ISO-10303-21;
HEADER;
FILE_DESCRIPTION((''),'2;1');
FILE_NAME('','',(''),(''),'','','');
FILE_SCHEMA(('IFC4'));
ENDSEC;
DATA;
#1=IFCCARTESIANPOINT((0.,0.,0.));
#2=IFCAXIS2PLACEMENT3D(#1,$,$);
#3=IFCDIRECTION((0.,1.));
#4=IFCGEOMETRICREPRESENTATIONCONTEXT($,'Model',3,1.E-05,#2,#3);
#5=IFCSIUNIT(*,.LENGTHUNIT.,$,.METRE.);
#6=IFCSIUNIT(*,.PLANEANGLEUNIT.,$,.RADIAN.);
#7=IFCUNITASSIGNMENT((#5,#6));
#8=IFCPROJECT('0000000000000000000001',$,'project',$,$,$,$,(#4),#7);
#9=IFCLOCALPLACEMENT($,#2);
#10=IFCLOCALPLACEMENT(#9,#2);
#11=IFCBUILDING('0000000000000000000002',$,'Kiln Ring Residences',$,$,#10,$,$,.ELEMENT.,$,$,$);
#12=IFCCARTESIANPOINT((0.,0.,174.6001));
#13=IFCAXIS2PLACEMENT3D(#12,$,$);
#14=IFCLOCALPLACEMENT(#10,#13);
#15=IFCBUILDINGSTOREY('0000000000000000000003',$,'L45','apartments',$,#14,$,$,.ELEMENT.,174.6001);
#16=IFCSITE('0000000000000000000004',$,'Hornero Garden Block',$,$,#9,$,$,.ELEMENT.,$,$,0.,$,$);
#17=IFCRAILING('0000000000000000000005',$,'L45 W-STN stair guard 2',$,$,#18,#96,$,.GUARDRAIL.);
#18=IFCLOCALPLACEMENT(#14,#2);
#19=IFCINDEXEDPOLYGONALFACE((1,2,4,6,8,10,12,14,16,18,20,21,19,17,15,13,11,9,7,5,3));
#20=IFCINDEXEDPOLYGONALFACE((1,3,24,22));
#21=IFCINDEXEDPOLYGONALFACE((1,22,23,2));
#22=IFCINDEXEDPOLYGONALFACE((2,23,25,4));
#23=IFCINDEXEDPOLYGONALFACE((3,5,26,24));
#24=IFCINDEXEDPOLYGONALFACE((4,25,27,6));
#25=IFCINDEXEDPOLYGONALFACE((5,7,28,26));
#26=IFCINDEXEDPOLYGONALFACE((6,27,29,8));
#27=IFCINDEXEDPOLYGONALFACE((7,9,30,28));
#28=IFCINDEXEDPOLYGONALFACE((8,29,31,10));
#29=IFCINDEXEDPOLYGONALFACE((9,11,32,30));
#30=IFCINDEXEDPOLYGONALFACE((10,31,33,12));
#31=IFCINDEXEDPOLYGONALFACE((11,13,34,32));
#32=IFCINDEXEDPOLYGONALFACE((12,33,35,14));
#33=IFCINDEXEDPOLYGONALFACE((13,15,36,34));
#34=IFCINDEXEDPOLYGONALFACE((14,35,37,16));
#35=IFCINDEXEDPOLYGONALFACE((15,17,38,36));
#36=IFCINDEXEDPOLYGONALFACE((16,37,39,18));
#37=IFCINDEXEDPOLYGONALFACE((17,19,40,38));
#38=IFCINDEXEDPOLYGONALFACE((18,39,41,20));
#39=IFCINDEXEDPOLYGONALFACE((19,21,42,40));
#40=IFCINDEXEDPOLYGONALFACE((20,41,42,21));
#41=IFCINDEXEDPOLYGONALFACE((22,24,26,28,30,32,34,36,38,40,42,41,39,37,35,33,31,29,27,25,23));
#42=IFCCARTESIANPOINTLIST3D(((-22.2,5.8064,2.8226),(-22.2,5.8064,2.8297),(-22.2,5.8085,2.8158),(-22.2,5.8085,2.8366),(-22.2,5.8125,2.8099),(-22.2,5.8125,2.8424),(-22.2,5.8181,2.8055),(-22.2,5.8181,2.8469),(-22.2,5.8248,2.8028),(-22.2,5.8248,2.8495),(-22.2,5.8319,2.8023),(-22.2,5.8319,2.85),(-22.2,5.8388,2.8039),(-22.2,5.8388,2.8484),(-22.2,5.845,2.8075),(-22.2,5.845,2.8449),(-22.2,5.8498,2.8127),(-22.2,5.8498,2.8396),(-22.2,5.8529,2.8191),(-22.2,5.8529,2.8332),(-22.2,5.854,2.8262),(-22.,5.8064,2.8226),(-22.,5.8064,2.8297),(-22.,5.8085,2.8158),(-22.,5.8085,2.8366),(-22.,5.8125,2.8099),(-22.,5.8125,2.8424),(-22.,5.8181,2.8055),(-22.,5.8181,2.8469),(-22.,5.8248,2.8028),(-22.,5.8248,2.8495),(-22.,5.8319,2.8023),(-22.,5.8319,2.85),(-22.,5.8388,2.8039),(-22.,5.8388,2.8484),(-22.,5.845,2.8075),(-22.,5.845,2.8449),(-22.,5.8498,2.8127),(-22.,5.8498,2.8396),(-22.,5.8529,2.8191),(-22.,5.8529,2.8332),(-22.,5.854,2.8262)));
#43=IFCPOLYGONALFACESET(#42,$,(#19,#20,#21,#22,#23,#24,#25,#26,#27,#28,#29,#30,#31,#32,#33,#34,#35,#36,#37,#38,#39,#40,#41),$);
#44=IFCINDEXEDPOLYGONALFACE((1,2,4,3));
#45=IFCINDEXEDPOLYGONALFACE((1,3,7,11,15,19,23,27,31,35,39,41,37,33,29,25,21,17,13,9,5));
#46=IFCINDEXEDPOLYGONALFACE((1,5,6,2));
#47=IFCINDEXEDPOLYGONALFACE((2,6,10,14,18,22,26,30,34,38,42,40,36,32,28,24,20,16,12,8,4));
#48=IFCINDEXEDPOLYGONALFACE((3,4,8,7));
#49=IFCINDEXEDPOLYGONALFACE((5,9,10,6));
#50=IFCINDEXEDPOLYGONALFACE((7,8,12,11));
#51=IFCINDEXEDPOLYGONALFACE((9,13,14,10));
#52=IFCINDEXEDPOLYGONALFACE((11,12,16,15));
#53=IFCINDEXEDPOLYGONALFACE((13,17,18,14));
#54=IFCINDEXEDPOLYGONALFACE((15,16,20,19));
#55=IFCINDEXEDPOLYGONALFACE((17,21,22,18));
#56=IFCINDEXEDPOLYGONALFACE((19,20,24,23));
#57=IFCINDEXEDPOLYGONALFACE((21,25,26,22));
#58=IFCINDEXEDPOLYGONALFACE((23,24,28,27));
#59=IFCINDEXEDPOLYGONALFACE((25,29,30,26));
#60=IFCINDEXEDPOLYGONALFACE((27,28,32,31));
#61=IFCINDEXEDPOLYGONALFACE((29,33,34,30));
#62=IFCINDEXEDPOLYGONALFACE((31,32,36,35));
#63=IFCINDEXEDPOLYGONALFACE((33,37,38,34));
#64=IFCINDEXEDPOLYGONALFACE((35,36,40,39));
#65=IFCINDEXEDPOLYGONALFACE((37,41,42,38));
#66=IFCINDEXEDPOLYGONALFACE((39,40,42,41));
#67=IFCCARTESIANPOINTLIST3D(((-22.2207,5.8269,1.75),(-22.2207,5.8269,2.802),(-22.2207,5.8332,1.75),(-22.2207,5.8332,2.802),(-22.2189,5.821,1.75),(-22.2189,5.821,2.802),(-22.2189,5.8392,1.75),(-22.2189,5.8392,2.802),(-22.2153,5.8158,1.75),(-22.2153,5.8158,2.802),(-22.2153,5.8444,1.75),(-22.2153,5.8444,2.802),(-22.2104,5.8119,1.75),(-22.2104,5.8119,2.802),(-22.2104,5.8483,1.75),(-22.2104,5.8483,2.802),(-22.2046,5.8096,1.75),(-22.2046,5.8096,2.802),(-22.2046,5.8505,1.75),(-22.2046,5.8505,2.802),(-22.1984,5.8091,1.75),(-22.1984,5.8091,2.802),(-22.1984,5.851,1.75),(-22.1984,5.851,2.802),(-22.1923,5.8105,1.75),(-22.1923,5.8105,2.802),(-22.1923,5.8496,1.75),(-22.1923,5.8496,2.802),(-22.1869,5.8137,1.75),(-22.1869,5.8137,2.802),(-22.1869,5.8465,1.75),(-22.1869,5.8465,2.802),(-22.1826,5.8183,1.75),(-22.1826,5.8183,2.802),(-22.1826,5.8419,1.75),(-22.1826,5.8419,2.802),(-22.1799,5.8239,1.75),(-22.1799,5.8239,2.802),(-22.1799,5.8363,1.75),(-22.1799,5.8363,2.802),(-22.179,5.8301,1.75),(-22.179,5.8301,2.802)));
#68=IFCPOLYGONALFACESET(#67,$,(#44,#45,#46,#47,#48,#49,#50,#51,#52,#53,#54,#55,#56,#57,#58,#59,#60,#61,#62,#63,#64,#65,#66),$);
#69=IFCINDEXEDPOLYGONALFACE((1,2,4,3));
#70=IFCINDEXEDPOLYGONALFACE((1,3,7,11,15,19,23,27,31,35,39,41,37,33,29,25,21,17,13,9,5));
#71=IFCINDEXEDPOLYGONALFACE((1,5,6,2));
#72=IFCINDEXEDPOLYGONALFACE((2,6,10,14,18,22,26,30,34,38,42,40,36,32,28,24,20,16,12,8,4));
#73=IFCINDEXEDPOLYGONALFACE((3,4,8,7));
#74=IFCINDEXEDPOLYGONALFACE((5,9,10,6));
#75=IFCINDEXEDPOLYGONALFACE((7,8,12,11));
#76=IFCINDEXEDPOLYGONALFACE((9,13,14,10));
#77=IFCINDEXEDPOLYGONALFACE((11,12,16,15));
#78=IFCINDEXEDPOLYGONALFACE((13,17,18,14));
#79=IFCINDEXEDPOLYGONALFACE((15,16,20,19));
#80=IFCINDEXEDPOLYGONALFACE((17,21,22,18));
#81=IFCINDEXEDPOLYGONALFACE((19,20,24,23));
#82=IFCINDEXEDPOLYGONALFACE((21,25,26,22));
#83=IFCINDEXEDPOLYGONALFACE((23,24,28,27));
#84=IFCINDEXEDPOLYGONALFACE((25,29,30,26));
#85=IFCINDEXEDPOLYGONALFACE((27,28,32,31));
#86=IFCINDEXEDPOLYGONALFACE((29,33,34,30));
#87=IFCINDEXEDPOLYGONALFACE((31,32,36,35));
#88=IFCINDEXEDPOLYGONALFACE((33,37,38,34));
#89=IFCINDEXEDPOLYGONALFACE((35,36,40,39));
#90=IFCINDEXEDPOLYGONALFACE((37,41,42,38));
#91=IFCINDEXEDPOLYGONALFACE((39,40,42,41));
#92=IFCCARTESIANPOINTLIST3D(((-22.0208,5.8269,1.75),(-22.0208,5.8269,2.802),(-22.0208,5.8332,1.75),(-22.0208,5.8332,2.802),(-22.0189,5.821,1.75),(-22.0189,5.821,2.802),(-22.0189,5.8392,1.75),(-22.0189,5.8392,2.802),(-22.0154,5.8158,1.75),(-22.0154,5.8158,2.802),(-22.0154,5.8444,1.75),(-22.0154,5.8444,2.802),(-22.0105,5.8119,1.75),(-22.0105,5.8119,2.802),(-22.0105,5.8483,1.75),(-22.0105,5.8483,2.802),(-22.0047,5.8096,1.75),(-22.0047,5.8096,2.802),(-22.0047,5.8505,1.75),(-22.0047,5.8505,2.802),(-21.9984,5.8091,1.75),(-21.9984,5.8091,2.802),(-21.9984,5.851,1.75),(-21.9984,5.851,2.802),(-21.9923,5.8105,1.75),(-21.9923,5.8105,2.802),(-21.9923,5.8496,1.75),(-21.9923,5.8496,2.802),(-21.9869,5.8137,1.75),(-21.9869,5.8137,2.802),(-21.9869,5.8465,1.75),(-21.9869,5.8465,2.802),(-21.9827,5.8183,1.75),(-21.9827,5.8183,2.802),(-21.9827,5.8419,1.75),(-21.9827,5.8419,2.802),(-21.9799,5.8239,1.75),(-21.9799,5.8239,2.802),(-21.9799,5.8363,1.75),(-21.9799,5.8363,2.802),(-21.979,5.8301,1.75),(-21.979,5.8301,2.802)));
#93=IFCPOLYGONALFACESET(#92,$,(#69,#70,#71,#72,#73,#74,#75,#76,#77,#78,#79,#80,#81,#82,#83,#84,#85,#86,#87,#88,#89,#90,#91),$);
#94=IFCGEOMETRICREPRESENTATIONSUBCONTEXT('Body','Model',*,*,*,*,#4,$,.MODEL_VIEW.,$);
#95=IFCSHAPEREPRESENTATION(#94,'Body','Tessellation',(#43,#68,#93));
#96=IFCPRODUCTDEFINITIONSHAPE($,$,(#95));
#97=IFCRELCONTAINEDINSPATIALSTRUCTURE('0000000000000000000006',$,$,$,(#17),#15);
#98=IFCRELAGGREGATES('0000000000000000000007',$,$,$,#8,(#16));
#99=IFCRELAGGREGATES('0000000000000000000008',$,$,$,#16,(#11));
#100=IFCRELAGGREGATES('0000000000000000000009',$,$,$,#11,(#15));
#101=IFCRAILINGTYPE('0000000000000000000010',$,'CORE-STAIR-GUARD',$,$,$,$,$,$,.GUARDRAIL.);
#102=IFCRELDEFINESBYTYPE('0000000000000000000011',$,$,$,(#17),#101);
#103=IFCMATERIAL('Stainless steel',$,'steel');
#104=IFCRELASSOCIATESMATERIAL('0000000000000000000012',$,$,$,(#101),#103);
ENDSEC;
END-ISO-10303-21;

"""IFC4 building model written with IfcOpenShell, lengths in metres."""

from ifc_helpers import new_model, si_unit, direction, frame, origin, origin_2d, place, context, subcontext, project, spatial, circle, extrude, material, type_object, element, save


model = new_model("IFC4")

# Units and contexts
model_context = context("Model", 3, precision=1e-05, world=origin(), true_north=direction((0.0, 1.0)))
body_context = subcontext(model_context, "Body", "Model", "MODEL_VIEW")
ifc_project = project(units=[si_unit("LENGTHUNIT", "METRE"), si_unit("PLANEANGLEUNIT", "RADIAN")], contexts=[model_context])

# Site, building, storey
site_placement = place(None, origin())
site = spatial("IfcSite", under=ifc_project, at=site_placement, Name="Hornero Garden Block", CompositionType="ELEMENT", RefElevation=0.0)
building_placement = place(site_placement, origin())
building = spatial("IfcBuilding", under=site, at=building_placement, Name="Kiln Ring Residences", CompositionType="ELEMENT")
storey_placement = place(building_placement, frame((0.0, 0.0, 174.6001)))
storey = spatial("IfcBuildingStorey", under=building, at=storey_placement, Name="L45", Description="apartments", CompositionType="ELEMENT", Elevation=174.6001)

# Railing
ifc_material_1 = material(Name="Stainless steel", Category="steel")
railing_type_1 = type_object("IfcRailingType", Name="CORE-STAIR-GUARD", PredefinedType="GUARDRAIL", material=ifc_material_1)
railing_1_placement = place(storey_placement, frame((-22.2, 5.8301, 1.75)))
element("IfcRailing", 1, at=railing_1_placement, inside=storey, type_object=railing_type_1, Name="L45 W-STN stair guard 2", PredefinedType="GUARDRAIL", context=body_context, shape_type="SweptSolid", body=[
    extrude(circle(Radius=0.0239, at=origin_2d()), frame((0.0, 0.0, 1.0762), z_axis=(1.0, 0.0, 0.0), x_axis=(0.0, 1.0, 0.0)), (0.0, 0.0, 1.0), 0.2),
    extrude(circle(Radius=0.021, at=origin_2d()), origin(), (0.0, 0.0, 1.0), 1.052),
    extrude(circle(Radius=0.021, at=origin_2d()), frame((0.2, 0.0, 0.0)), (0.0, 0.0, 1.0), 1.052),
])

save(model, "model.ifc")
